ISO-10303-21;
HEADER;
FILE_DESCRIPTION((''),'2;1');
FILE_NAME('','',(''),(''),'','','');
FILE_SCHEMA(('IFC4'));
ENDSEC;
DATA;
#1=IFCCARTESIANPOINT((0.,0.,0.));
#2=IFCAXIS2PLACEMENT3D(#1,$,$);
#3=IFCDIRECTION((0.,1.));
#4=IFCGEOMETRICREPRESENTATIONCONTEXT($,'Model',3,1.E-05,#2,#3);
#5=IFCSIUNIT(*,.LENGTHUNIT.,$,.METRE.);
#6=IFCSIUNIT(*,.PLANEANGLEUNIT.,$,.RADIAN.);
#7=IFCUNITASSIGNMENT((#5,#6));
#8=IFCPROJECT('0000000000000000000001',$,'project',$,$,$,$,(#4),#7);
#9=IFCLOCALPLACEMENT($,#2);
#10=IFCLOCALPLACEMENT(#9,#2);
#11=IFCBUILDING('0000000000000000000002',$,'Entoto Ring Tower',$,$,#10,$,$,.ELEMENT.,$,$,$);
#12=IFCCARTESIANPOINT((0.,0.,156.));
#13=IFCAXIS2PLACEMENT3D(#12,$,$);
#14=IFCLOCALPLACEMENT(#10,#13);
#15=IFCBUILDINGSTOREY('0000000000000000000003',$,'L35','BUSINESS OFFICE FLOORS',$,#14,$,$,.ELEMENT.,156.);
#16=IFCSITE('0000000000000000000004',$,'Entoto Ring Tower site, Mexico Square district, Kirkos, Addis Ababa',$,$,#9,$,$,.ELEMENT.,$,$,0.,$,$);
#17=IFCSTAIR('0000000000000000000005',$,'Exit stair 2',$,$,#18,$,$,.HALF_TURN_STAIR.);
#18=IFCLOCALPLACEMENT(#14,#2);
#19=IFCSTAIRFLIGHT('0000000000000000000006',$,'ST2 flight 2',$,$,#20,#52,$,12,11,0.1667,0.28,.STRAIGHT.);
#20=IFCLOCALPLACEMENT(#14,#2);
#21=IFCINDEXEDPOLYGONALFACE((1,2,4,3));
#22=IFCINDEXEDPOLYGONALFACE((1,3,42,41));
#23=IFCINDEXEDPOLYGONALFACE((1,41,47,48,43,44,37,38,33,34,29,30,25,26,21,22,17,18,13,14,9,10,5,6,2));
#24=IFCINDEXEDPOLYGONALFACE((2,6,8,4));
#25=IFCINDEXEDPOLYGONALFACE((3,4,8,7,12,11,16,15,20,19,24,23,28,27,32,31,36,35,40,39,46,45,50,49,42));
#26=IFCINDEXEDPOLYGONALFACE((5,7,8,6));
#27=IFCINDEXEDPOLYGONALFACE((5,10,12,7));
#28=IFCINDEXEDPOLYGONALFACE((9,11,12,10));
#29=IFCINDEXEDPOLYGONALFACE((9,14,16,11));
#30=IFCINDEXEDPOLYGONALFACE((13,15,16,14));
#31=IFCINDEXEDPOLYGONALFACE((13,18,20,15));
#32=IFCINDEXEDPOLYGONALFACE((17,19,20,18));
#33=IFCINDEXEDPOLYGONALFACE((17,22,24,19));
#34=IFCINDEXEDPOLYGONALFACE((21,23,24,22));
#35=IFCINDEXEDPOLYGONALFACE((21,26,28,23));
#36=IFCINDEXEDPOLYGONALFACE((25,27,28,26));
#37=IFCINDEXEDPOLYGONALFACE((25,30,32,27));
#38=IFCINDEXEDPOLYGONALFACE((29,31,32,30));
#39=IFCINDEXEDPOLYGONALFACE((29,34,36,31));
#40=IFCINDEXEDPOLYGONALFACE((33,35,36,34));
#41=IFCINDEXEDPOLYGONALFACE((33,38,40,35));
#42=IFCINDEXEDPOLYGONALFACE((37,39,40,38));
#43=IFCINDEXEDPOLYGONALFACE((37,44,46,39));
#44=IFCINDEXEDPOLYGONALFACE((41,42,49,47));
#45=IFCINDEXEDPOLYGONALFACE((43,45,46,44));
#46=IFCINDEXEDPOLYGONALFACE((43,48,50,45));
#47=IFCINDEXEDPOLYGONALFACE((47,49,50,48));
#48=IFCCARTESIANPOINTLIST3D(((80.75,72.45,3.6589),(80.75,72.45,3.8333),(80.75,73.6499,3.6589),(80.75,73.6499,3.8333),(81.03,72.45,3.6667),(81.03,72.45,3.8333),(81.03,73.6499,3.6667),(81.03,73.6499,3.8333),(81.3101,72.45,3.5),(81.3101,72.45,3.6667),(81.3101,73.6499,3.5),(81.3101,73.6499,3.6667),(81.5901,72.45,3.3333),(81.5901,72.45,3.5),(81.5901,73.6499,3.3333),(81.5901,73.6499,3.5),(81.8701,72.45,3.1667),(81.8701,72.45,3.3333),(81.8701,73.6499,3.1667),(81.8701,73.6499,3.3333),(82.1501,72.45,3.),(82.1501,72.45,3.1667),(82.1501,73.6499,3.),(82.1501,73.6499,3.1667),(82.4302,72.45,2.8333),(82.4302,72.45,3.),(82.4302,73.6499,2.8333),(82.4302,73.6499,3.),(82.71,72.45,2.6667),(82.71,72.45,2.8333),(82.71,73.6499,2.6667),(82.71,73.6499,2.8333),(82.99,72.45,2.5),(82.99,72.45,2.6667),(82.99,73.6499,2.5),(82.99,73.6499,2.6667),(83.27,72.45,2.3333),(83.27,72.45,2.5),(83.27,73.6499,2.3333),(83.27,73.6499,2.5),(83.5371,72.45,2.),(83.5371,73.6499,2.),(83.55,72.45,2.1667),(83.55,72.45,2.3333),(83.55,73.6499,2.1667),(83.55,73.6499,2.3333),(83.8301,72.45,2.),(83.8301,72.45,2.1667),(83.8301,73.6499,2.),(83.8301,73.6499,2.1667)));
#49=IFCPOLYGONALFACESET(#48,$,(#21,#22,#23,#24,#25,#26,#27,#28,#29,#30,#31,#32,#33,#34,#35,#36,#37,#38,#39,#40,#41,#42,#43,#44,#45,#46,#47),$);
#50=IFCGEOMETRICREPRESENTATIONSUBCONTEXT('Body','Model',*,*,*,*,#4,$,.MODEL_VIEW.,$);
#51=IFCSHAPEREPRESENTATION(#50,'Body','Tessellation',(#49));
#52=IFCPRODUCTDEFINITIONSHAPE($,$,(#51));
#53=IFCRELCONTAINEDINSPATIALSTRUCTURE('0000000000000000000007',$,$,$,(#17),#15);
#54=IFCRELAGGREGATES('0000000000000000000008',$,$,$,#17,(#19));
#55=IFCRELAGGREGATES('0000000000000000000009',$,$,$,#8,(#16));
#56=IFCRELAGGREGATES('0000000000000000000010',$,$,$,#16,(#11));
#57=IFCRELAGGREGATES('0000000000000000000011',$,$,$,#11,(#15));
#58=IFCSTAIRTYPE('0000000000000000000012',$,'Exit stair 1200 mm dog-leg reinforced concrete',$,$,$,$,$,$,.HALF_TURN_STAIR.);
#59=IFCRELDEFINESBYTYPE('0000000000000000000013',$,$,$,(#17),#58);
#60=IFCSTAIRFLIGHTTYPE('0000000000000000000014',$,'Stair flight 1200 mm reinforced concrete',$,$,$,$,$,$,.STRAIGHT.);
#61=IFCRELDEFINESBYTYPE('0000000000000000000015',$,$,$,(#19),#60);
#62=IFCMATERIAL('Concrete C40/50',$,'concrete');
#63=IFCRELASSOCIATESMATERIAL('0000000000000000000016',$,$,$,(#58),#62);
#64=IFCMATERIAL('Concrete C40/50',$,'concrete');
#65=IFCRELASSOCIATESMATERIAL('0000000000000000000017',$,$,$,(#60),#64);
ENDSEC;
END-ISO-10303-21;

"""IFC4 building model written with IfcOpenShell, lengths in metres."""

from ifc_helpers import new_model, si_unit, direction, frame, origin, place, context, subcontext, project, spatial, polyline, outline, extrude, material, type_object, element, aggregate, save


model = new_model("IFC4")

# Units and contexts
model_context = context("Model", 3, precision=1e-05, world=origin(), true_north=direction((0.0, 1.0)))
body_context = subcontext(model_context, "Body", "Model", "MODEL_VIEW")
ifc_project = project(units=[si_unit("LENGTHUNIT", "METRE"), si_unit("PLANEANGLEUNIT", "RADIAN")], contexts=[model_context])

# Site, building, storey
site_placement = place(None, origin())
site = spatial("IfcSite", under=ifc_project, at=site_placement, Name="Entoto Ring Tower site, Mexico Square district, Kirkos, Addis Ababa", CompositionType="ELEMENT", RefElevation=0.0)
building_placement = place(site_placement, origin())
building = spatial("IfcBuilding", under=site, at=building_placement, Name="Entoto Ring Tower", CompositionType="ELEMENT")
storey_placement = place(building_placement, frame((0.0, 0.0, 156.0)))
storey = spatial("IfcBuildingStorey", under=building, at=storey_placement, Name="L35", Description="BUSINESS OFFICE FLOORS", CompositionType="ELEMENT", Elevation=156.0)

# Stair, stair flight
ifc_material_1 = material(Name="Concrete C40/50", Category="concrete")
stair_type = type_object("IfcStairType", Name="Exit stair 1200 mm dog-leg reinforced concrete", PredefinedType="HALF_TURN_STAIR", material=ifc_material_1)
stair_placement = place(storey_placement, origin())
stair = element("IfcStair", 1, at=stair_placement, inside=storey, type_object=stair_type, Name="Exit stair 2", PredefinedType="HALF_TURN_STAIR")
ifc_material_2 = material(Name="Concrete C40/50", Category="concrete")
stair_flight_type = type_object("IfcStairFlightType", Name="Stair flight 1200 mm reinforced concrete", PredefinedType="STRAIGHT", material=ifc_material_2)
stair_flight_1_placement = place(storey_placement, frame((83.8301, 73.05, 2.0), z_axis=(0.0, 0.0, 1.0), x_axis=(-1.0, 0.0, 0.0)))
stair_flight_1 = element("IfcStairFlight", 2, at=stair_flight_1_placement, type_object=stair_flight_type, Name="ST2 flight 2", NumberOfRisers=12, NumberOfTreads=11, PredefinedType="STRAIGHT", RiserHeight=0.1667, TreadLength=0.28, context=body_context, shape_type="SweptSolid", body=[
    extrude(outline(polyline([(0.0, 0.0), (0.0, 0.1667), (0.28, 0.1667), (0.28, 0.3333), (0.5601, 0.3333), (0.5601, 0.5), (0.8401, 0.5), (0.8401, 0.6667), (1.1201, 0.6667), (1.1201, 0.8333), (1.3999, 0.8333), (1.3999, 1.0), (1.6799, 1.0), (1.6799, 1.1667), (1.96, 1.1667), (1.96, 1.3333), (2.24, 1.3333), (2.24, 1.5), (2.52, 1.5), (2.52, 1.6667), (2.8, 1.6667), (2.8, 1.8333), (3.0801, 1.8333), (3.0801, 2.0), (3.0801, 1.6589), (0.293, 0.0), (0.0, 0.0)])), frame((0.0, 0.6001, 0.0), z_axis=(0.0, -1.0, 0.0), x_axis=(1.0, 0.0, 0.0)), (0.0, 0.0, 1.0), 1.2),
])
aggregate(stair, [stair_flight_1])

save(model, "model.ifc")
